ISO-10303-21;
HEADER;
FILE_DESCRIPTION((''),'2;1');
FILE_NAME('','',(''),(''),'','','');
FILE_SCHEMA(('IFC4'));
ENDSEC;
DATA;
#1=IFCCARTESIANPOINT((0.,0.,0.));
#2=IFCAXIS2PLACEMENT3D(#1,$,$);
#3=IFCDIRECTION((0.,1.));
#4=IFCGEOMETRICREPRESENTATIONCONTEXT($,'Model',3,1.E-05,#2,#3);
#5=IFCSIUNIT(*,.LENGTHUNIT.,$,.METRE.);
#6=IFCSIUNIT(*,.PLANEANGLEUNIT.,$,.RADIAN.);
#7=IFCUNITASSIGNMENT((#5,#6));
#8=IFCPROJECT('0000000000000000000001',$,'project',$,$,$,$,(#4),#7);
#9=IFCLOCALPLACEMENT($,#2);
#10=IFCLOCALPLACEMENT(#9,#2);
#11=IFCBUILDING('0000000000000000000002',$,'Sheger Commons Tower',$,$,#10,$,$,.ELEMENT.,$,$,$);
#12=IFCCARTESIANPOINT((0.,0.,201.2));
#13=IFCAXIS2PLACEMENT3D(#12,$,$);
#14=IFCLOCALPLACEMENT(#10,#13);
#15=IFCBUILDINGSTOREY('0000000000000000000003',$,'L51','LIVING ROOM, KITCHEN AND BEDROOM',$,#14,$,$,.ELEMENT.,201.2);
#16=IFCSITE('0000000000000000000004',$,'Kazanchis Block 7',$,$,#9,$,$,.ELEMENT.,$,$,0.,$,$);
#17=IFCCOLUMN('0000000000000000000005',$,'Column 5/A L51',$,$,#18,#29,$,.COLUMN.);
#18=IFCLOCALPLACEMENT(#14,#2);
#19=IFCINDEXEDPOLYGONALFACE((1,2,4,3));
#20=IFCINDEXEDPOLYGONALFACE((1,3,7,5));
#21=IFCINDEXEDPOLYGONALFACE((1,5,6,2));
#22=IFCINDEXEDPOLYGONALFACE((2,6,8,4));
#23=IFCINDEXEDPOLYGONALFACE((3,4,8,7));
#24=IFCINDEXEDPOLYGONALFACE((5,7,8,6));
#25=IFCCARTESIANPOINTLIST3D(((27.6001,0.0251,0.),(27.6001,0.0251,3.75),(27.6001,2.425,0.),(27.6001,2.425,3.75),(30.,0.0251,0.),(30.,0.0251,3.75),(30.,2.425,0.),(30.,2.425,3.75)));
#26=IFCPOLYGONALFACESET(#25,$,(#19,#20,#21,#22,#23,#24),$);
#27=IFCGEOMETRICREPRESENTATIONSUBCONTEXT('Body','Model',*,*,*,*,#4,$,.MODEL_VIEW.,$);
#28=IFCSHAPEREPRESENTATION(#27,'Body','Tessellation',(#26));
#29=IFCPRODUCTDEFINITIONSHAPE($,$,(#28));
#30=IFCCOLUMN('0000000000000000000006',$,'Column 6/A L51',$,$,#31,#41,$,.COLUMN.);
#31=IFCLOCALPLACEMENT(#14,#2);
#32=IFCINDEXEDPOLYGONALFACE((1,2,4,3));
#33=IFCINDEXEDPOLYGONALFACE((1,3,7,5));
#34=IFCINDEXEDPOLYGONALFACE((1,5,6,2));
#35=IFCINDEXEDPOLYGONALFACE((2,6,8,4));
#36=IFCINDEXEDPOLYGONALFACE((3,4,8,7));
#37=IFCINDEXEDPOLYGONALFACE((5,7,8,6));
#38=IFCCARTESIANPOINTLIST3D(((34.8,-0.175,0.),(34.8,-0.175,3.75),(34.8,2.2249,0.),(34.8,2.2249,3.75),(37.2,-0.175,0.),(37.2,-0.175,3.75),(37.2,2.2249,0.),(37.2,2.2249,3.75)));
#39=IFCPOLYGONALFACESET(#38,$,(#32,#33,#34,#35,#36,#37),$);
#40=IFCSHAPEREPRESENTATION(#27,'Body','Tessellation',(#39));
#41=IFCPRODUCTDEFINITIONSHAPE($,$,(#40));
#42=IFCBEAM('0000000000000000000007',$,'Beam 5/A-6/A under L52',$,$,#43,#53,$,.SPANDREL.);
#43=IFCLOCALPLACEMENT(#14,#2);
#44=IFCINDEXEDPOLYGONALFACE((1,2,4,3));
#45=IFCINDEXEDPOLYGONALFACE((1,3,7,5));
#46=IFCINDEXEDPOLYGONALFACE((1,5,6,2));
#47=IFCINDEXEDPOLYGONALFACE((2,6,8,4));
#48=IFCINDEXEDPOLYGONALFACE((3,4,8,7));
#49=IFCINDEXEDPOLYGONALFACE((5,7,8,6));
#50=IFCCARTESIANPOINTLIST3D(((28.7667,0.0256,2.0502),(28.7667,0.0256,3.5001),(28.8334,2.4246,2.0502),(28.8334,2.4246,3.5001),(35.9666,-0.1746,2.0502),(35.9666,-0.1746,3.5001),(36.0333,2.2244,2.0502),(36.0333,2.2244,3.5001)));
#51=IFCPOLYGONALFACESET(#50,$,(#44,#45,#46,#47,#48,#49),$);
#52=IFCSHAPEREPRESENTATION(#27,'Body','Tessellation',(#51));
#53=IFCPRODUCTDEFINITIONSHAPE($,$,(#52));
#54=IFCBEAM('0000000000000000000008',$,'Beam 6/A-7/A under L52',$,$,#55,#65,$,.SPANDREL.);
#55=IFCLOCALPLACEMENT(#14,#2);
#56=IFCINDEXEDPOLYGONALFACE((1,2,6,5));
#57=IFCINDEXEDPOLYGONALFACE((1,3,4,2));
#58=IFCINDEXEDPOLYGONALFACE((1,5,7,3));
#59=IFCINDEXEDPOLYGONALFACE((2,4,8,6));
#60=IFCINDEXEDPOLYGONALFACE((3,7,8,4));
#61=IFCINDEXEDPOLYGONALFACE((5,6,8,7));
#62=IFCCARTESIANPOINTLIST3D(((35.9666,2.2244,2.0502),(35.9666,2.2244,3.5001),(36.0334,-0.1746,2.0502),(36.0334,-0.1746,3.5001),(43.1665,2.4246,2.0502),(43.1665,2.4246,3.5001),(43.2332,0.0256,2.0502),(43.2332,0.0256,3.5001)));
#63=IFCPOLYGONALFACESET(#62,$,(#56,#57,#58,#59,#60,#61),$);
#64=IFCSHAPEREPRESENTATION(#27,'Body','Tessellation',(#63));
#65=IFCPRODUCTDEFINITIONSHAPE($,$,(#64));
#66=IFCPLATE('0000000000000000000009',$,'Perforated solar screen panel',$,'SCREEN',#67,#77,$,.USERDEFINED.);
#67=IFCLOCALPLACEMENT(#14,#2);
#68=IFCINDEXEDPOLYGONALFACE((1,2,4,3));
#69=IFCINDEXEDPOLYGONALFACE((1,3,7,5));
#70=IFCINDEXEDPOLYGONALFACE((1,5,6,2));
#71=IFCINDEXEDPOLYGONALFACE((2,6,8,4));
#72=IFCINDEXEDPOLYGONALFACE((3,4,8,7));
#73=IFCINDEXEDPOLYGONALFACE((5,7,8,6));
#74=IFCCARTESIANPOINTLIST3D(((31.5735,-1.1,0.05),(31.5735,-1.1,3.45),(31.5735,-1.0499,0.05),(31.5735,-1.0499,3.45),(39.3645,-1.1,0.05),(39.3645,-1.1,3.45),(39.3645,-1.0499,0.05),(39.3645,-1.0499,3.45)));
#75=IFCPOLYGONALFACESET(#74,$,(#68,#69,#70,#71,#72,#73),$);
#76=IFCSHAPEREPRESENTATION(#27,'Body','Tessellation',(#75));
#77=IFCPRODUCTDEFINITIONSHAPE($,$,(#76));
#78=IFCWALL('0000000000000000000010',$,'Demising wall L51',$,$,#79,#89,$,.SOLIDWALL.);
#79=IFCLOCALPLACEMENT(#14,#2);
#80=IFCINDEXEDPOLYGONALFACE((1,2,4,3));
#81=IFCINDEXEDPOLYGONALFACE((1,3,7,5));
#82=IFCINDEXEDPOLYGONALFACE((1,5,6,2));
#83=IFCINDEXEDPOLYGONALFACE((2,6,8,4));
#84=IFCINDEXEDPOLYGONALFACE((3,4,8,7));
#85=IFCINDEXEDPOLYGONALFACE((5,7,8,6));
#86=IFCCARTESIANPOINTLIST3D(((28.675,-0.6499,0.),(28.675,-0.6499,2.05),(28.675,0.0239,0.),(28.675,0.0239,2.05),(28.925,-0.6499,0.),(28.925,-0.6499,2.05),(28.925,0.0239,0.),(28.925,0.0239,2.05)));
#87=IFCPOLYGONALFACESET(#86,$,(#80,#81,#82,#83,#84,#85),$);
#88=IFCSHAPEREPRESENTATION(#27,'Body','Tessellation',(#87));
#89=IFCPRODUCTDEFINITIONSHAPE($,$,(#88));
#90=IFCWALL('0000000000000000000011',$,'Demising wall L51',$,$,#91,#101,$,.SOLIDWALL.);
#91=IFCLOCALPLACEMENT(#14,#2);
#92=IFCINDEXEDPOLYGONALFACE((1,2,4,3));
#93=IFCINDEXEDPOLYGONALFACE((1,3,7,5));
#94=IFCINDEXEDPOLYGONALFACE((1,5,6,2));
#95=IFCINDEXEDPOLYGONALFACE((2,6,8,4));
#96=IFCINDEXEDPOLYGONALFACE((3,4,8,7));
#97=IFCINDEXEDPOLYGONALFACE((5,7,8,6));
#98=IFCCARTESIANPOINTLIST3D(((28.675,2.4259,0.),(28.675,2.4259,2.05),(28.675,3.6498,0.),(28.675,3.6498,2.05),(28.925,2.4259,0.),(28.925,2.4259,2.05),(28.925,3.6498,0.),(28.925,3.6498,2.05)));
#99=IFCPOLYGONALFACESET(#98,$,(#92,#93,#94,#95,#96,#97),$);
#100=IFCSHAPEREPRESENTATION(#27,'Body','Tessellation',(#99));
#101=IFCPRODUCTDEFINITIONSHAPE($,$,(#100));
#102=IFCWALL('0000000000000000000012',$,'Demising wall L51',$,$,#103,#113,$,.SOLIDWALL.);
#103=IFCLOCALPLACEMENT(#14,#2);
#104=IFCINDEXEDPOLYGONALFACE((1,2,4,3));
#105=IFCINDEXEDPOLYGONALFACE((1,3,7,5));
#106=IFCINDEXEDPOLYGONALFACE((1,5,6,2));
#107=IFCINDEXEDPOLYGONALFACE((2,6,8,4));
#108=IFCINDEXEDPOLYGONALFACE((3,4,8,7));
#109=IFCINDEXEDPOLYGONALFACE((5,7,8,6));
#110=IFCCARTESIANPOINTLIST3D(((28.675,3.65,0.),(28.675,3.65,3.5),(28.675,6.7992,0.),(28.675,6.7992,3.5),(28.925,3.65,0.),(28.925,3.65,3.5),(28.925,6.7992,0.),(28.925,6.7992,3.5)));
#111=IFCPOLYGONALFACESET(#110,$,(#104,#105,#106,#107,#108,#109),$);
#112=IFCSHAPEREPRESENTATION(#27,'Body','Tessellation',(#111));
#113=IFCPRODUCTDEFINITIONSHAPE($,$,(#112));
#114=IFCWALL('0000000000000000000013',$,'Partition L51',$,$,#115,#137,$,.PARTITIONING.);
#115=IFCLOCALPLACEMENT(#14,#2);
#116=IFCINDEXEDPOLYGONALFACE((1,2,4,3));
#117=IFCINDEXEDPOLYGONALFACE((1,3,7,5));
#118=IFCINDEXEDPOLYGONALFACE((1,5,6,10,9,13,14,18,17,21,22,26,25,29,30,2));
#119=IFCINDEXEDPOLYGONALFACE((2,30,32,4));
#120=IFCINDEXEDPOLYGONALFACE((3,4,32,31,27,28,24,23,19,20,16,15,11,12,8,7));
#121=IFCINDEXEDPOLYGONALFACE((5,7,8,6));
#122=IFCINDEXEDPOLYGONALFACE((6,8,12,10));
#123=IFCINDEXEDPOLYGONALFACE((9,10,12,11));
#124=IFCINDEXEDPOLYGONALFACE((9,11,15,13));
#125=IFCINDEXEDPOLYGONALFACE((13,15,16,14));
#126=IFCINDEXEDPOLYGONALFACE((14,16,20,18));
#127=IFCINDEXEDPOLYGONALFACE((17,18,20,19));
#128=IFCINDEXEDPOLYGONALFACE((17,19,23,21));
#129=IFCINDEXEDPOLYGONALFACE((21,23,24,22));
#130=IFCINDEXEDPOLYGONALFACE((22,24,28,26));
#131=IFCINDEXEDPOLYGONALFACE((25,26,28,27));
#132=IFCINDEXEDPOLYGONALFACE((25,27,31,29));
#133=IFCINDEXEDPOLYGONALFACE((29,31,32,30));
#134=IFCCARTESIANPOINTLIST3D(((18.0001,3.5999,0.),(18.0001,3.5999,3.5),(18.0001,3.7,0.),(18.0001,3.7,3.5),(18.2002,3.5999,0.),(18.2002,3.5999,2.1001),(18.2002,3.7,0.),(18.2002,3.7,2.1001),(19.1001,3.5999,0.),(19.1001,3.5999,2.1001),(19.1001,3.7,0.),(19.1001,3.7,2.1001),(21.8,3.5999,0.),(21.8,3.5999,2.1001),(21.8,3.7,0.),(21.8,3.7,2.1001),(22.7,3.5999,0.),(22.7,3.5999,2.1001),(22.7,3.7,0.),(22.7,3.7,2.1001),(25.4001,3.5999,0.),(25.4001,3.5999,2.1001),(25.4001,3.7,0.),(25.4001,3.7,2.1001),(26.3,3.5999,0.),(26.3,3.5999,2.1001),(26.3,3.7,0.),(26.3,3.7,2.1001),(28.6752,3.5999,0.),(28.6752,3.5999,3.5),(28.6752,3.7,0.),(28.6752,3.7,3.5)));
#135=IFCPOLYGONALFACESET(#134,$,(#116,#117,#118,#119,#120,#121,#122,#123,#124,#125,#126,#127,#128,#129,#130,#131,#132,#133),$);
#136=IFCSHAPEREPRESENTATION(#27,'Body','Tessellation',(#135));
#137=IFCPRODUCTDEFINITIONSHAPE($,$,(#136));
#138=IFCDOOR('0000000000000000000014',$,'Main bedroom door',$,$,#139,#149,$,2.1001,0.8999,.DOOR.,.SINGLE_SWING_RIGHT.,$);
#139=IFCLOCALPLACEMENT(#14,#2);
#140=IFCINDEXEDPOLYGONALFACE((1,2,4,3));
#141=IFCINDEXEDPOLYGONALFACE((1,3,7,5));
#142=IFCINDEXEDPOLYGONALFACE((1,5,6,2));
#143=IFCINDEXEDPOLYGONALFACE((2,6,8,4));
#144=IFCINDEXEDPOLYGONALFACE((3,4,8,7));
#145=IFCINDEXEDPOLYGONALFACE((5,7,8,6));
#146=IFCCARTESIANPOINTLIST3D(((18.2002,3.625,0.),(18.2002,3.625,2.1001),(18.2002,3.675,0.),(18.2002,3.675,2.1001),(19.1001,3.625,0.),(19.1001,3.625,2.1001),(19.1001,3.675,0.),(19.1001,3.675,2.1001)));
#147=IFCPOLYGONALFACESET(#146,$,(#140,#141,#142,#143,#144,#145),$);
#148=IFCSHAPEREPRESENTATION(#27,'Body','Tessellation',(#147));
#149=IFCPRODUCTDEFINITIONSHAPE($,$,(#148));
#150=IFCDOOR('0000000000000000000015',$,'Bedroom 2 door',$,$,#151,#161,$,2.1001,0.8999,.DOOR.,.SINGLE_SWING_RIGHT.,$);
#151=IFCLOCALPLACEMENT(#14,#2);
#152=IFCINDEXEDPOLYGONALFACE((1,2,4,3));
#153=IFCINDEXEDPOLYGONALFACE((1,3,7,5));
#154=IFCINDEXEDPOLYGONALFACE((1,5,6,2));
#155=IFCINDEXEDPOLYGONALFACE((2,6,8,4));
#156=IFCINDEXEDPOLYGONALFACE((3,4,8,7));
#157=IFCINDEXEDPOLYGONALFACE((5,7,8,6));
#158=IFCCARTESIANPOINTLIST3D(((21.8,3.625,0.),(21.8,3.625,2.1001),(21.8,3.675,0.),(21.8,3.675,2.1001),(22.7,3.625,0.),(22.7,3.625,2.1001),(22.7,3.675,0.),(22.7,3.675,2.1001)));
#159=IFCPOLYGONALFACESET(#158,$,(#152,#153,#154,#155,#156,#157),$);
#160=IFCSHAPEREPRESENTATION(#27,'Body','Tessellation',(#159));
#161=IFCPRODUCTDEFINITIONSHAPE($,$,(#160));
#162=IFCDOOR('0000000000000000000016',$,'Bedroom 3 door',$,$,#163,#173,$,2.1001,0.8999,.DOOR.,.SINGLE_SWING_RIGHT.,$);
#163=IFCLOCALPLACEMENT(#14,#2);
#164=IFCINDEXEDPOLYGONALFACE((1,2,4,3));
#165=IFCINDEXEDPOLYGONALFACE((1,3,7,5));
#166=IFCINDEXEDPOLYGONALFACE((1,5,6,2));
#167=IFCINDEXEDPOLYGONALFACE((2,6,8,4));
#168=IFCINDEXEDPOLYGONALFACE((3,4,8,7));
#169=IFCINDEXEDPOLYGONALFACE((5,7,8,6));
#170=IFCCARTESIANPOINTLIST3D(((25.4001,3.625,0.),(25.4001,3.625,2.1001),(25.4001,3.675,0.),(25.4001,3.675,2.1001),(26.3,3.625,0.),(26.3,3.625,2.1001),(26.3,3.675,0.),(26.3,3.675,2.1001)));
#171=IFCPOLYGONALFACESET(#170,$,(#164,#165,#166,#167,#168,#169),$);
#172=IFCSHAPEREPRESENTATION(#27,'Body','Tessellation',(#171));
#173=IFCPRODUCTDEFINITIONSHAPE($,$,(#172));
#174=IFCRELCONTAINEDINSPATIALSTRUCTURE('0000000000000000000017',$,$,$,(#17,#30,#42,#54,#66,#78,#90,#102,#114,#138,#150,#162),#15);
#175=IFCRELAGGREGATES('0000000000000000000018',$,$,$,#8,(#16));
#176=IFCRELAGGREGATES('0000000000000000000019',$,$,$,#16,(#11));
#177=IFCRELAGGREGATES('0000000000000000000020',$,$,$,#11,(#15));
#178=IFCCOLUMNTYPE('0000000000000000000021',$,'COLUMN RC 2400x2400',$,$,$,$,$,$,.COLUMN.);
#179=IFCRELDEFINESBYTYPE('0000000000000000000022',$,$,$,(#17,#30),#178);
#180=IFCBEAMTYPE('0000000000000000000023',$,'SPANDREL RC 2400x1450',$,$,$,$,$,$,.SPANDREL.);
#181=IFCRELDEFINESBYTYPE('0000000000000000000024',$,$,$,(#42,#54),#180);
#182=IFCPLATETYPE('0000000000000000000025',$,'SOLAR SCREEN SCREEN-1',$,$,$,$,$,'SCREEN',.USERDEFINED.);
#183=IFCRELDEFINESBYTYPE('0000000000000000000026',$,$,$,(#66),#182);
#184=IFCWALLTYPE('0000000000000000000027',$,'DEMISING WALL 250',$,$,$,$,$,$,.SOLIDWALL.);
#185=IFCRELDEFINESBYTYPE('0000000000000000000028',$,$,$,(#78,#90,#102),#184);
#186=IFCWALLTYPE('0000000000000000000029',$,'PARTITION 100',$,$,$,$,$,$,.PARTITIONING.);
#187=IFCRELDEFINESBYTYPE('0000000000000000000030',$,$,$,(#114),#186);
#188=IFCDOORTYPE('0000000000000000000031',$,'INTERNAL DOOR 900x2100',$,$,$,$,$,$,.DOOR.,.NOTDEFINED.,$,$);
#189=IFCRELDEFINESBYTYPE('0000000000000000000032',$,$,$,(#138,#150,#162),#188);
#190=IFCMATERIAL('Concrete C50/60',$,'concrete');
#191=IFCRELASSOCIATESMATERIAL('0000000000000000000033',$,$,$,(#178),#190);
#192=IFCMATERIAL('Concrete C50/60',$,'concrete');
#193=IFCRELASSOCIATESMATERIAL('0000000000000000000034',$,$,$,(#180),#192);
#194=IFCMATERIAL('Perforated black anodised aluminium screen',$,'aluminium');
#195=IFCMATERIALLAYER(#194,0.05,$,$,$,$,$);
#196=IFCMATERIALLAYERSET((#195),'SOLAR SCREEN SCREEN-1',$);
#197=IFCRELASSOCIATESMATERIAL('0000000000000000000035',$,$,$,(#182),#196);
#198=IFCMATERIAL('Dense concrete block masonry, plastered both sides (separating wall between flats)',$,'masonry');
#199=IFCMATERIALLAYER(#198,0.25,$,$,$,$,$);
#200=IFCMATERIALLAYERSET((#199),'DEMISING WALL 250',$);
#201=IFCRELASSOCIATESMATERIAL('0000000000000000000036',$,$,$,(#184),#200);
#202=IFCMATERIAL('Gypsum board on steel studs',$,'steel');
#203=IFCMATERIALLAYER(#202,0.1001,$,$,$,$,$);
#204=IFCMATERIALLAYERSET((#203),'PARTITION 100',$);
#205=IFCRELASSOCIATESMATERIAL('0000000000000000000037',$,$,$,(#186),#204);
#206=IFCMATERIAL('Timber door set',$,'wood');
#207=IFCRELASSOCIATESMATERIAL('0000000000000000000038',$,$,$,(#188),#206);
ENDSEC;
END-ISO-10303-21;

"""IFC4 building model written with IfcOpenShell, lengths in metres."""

from ifc_helpers import new_model, si_unit, direction, frame, frame_2d, origin, origin_2d, place, context, subcontext, project, spatial, rectangle, extrude, material, layer, layer_set, material_profile, profile_set, type_object, element, fill, save


model = new_model("IFC4")

# Units and contexts
model_context = context("Model", 3, precision=1e-05, world=origin(), true_north=direction((0.0, 1.0)))
body_context = subcontext(model_context, "Body", "Model", "MODEL_VIEW")
ifc_project = project(units=[si_unit("LENGTHUNIT", "METRE"), si_unit("PLANEANGLEUNIT", "RADIAN")], contexts=[model_context])

# Site, building, storey
site_placement = place(None, origin())
site = spatial("IfcSite", under=ifc_project, at=site_placement, Name="Kazanchis Block 7", CompositionType="ELEMENT", RefElevation=0.0)
building_placement = place(site_placement, origin())
building = spatial("IfcBuilding", under=site, at=building_placement, Name="Sheger Commons Tower", CompositionType="ELEMENT")
storey_placement = place(building_placement, frame((0.0, 0.0, 201.2)))
storey = spatial("IfcBuildingStorey", under=building, at=storey_placement, Name="L51", Description="LIVING ROOM, KITCHEN AND BEDROOM", CompositionType="ELEMENT", Elevation=201.2)

# Columns
ifc_material_1 = material(Name="Concrete C50/60", Category="concrete")
ifc_material_profile_1 = material_profile(ifc_material_1, rectangle(XDim=2.3999, YDim=2.3999, at=origin_2d()), Name="RC 2400x2400")
ifc_profile_set_1 = profile_set([ifc_material_profile_1], Name="Concrete C50/60")
column_type = type_object("IfcColumnType", Name="COLUMN RC 2400x2400", PredefinedType="COLUMN", material=ifc_profile_set_1)
for number, where, z_axis, x_axis, name in (
    (1, (28.8, 1.2251, 0.0), (0.0, 0.0, 1.0), (1.0, 0.0, 0.0), "Column 5/A L51"),
    (2, (36.0, 1.0249, 0.0), (0.0, 0.0, 1.0), (1.0, 0.0, 0.0), "Column 6/A L51"),
):
    element("IfcColumn", number, at=place(storey_placement, frame(where, z_axis=z_axis, x_axis=x_axis)), inside=storey, type_object=column_type, Name=name, PredefinedType="COLUMN", context=body_context, shape_type="SweptSolid", body=[
        extrude(rectangle(XDim=2.3999, YDim=2.3999, at=origin_2d()), origin(), (0.0, 0.0, 1.0), 3.75),
    ])

# Beams
ifc_material_2 = material(Name="Concrete C50/60", Category="concrete")
ifc_material_profile_2 = material_profile(ifc_material_2, rectangle(XDim=2.3999, YDim=1.45, at=origin_2d()), Name="RC 2400x1450")
ifc_profile_set_2 = profile_set([ifc_material_profile_2], Name="Concrete C50/60")
beam_type = type_object("IfcBeamType", Name="SPANDREL RC 2400x1450", PredefinedType="SPANDREL", material=ifc_profile_set_2)
for number, where, z_axis, x_axis, name in (
    (3, (28.8, 1.2251, 2.7751), (0.999614, -0.027794, 0.0), (0.027794, 0.999614, 0.0), "Beam 5/A-6/A under L52"),
    (4, (36.0, 1.0249, 2.7751), (0.999614, 0.027794, 0.0), (-0.027794, 0.999614, 0.0), "Beam 6/A-7/A under L52"),
):
    element("IfcBeam", number, at=place(storey_placement, frame(where, z_axis=z_axis, x_axis=x_axis)), inside=storey, type_object=beam_type, Name=name, PredefinedType="SPANDREL", context=body_context, shape_type="SweptSolid", body=[
        extrude(rectangle(XDim=2.3999, YDim=1.45, at=origin_2d()), origin(), (0.0, 0.0, 1.0), 7.2026),
    ])

# Plate
ifc_material_3 = material(Name="Perforated black anodised aluminium screen", Category="aluminium")
ifc_layer_1 = layer(ifc_material_3, 0.05)
ifc_layer_set_1 = layer_set([ifc_layer_1], Name="SOLAR SCREEN SCREEN-1")
plate_type = type_object("IfcPlateType", Name="SOLAR SCREEN SCREEN-1", ElementType="SCREEN", PredefinedType="USERDEFINED", material=ifc_layer_set_1)
plate_placement = place(storey_placement, frame((35.469, -1.075, 0.05), z_axis=(0.0, 0.0, 1.0), x_axis=(1.0, 0.0, 0.0)))
element("IfcPlate", 5, at=plate_placement, inside=storey, type_object=plate_type, Name="Perforated solar screen panel", ObjectType="SCREEN", PredefinedType="USERDEFINED", context=body_context, shape_type="SweptSolid", body=[
    extrude(rectangle(XDim=7.791, YDim=0.05, at=origin_2d()), origin(), (0.0, 0.0, 1.0), 3.3999),
])

# Walls
ifc_material_4 = material(Name="Dense concrete block masonry, plastered both sides (separating wall between flats)", Category="masonry")
ifc_layer_2 = layer(ifc_material_4, 0.25)
ifc_layer_set_2 = layer_set([ifc_layer_2], Name="DEMISING WALL 250")
wall_type_1 = type_object("IfcWallType", Name="DEMISING WALL 250", PredefinedType="SOLIDWALL", material=ifc_layer_set_2)
wall_1_placement = place(storey_placement, frame((28.8, -0.6499, 0.0), z_axis=(0.0, 0.0, 1.0), x_axis=(0.0, 1.0, 0.0)))
element("IfcWall", 6, at=wall_1_placement, inside=storey, type_object=wall_type_1, Name="Demising wall L51", PredefinedType="SOLIDWALL", context=body_context, shape_type="SweptSolid", body=[
    extrude(rectangle(XDim=0.6738, YDim=0.25, at=frame_2d((0.3369, 0.0))), origin(), (0.0, 0.0, 1.0), 2.05),
])
wall_2_placement = place(storey_placement, frame((28.8, 2.426, 0.0), z_axis=(0.0, 0.0, 1.0), x_axis=(0.0, 1.0, 0.0)))
element("IfcWall", 7, at=wall_2_placement, inside=storey, type_object=wall_type_1, Name="Demising wall L51", PredefinedType="SOLIDWALL", context=body_context, shape_type="SweptSolid", body=[
    extrude(rectangle(XDim=1.2239, YDim=0.25, at=frame_2d((0.6118, 0.0))), origin(), (0.0, 0.0, 1.0), 2.05),
])
wall_3_placement = place(storey_placement, frame((28.8, 3.6499, 0.0), z_axis=(0.0, 0.0, 1.0), x_axis=(0.0, 1.0, 0.0)))
element("IfcWall", 8, at=wall_3_placement, inside=storey, type_object=wall_type_1, Name="Demising wall L51", PredefinedType="SOLIDWALL", context=body_context, shape_type="SweptSolid", body=[
    extrude(rectangle(XDim=3.1492, YDim=0.25, at=frame_2d((1.5747, 0.0))), origin(), (0.0, 0.0, 1.0), 3.5),
])

# Wall, openings, doors
ifc_material_5 = material(Name="Gypsum board on steel studs", Category="steel")
ifc_layer_3 = layer(ifc_material_5, 0.1001)
ifc_layer_set_3 = layer_set([ifc_layer_3], Name="PARTITION 100")
wall_type_2 = type_object("IfcWallType", Name="PARTITION 100", PredefinedType="PARTITIONING", material=ifc_layer_set_3)
wall_4_placement = place(storey_placement, frame((28.675, 3.6499, 0.0), z_axis=(0.0, 0.0, 1.0), x_axis=(-1.0, 0.0, 0.0)))
wall_4 = element("IfcWall", 9, at=wall_4_placement, inside=storey, type_object=wall_type_2, Name="Partition L51", PredefinedType="PARTITIONING", context=body_context, shape_type="SweptSolid", body=[
    extrude(rectangle(XDim=10.675, YDim=0.1001, at=frame_2d((5.3374, 0.0))), origin(), (0.0, 0.0, 1.0), 3.5),
])
opening_1_placement = place(wall_4_placement, frame((9.575, 0.0, 0.0)))
opening_1 = element("IfcOpeningElement", 10, at=opening_1_placement, cuts=wall_4, PredefinedType="OPENING", context=body_context, shape_type="SweptSolid", body=[
    extrude(rectangle(XDim=0.8999, YDim=2.1001, at=frame_2d((0.45, 1.05))), frame((0.0, 0.0601, 0.0), z_axis=(0.0, -1.0, 0.0), x_axis=(1.0, 0.0, 0.0)), (0.0, 0.0, 1.0), 0.1201),
])
opening_2_placement = place(wall_4_placement, frame((5.9751, 0.0, 0.0)))
opening_2 = element("IfcOpeningElement", 11, at=opening_2_placement, cuts=wall_4, PredefinedType="OPENING", context=body_context, shape_type="SweptSolid", body=[
    extrude(rectangle(XDim=0.8999, YDim=2.1001, at=frame_2d((0.45, 1.05))), frame((0.0, 0.0601, 0.0), z_axis=(0.0, -1.0, 0.0), x_axis=(1.0, 0.0, 0.0)), (0.0, 0.0, 1.0), 0.1201),
])
opening_3_placement = place(wall_4_placement, frame((2.375, 0.0, 0.0)))
opening_3 = element("IfcOpeningElement", 12, at=opening_3_placement, cuts=wall_4, PredefinedType="OPENING", context=body_context, shape_type="SweptSolid", body=[
    extrude(rectangle(XDim=0.8999, YDim=2.1001, at=frame_2d((0.45, 1.05))), frame((0.0, 0.0601, 0.0), z_axis=(0.0, -1.0, 0.0), x_axis=(1.0, 0.0, 0.0)), (0.0, 0.0, 1.0), 0.1201),
])
ifc_material_6 = material(Name="Timber door set", Category="wood")
door_type = type_object("IfcDoorType", Name="INTERNAL DOOR 900x2100", OperationType="NOTDEFINED", PredefinedType="DOOR", material=ifc_material_6)
door_1_placement = place(opening_1_placement, origin())
door_1 = element("IfcDoor", 13, at=door_1_placement, inside=storey, type_object=door_type, Name="Main bedroom door", OperationType="SINGLE_SWING_RIGHT", OverallHeight=2.1001, OverallWidth=0.8999, PredefinedType="DOOR", context=body_context, shape_type="SweptSolid", body=[
    extrude(rectangle(XDim=0.8999, YDim=2.1001, at=frame_2d((0.45, 1.05))), frame((0.0, 0.0249, 0.0), z_axis=(0.0, -1.0, 0.0), x_axis=(1.0, 0.0, 0.0)), (0.0, 0.0, 1.0), 0.05),
])
fill(opening_1, door_1)
door_2_placement = place(opening_2_placement, origin())
door_2 = element("IfcDoor", 14, at=door_2_placement, inside=storey, type_object=door_type, Name="Bedroom 2 door", OperationType="SINGLE_SWING_RIGHT", OverallHeight=2.1001, OverallWidth=0.8999, PredefinedType="DOOR", context=body_context, shape_type="SweptSolid", body=[
    extrude(rectangle(XDim=0.8999, YDim=2.1001, at=frame_2d((0.45, 1.05))), frame((0.0, 0.0249, 0.0), z_axis=(0.0, -1.0, 0.0), x_axis=(1.0, 0.0, 0.0)), (0.0, 0.0, 1.0), 0.05),
])
fill(opening_2, door_2)
door_3_placement = place(opening_3_placement, origin())
door_3 = element("IfcDoor", 15, at=door_3_placement, inside=storey, type_object=door_type, Name="Bedroom 3 door", OperationType="SINGLE_SWING_RIGHT", OverallHeight=2.1001, OverallWidth=0.8999, PredefinedType="DOOR", context=body_context, shape_type="SweptSolid", body=[
    extrude(rectangle(XDim=0.8999, YDim=2.1001, at=frame_2d((0.45, 1.05))), frame((0.0, 0.0249, 0.0), z_axis=(0.0, -1.0, 0.0), x_axis=(1.0, 0.0, 0.0)), (0.0, 0.0, 1.0), 0.05),
])
fill(opening_3, door_3)

save(model, "model.ifc")
